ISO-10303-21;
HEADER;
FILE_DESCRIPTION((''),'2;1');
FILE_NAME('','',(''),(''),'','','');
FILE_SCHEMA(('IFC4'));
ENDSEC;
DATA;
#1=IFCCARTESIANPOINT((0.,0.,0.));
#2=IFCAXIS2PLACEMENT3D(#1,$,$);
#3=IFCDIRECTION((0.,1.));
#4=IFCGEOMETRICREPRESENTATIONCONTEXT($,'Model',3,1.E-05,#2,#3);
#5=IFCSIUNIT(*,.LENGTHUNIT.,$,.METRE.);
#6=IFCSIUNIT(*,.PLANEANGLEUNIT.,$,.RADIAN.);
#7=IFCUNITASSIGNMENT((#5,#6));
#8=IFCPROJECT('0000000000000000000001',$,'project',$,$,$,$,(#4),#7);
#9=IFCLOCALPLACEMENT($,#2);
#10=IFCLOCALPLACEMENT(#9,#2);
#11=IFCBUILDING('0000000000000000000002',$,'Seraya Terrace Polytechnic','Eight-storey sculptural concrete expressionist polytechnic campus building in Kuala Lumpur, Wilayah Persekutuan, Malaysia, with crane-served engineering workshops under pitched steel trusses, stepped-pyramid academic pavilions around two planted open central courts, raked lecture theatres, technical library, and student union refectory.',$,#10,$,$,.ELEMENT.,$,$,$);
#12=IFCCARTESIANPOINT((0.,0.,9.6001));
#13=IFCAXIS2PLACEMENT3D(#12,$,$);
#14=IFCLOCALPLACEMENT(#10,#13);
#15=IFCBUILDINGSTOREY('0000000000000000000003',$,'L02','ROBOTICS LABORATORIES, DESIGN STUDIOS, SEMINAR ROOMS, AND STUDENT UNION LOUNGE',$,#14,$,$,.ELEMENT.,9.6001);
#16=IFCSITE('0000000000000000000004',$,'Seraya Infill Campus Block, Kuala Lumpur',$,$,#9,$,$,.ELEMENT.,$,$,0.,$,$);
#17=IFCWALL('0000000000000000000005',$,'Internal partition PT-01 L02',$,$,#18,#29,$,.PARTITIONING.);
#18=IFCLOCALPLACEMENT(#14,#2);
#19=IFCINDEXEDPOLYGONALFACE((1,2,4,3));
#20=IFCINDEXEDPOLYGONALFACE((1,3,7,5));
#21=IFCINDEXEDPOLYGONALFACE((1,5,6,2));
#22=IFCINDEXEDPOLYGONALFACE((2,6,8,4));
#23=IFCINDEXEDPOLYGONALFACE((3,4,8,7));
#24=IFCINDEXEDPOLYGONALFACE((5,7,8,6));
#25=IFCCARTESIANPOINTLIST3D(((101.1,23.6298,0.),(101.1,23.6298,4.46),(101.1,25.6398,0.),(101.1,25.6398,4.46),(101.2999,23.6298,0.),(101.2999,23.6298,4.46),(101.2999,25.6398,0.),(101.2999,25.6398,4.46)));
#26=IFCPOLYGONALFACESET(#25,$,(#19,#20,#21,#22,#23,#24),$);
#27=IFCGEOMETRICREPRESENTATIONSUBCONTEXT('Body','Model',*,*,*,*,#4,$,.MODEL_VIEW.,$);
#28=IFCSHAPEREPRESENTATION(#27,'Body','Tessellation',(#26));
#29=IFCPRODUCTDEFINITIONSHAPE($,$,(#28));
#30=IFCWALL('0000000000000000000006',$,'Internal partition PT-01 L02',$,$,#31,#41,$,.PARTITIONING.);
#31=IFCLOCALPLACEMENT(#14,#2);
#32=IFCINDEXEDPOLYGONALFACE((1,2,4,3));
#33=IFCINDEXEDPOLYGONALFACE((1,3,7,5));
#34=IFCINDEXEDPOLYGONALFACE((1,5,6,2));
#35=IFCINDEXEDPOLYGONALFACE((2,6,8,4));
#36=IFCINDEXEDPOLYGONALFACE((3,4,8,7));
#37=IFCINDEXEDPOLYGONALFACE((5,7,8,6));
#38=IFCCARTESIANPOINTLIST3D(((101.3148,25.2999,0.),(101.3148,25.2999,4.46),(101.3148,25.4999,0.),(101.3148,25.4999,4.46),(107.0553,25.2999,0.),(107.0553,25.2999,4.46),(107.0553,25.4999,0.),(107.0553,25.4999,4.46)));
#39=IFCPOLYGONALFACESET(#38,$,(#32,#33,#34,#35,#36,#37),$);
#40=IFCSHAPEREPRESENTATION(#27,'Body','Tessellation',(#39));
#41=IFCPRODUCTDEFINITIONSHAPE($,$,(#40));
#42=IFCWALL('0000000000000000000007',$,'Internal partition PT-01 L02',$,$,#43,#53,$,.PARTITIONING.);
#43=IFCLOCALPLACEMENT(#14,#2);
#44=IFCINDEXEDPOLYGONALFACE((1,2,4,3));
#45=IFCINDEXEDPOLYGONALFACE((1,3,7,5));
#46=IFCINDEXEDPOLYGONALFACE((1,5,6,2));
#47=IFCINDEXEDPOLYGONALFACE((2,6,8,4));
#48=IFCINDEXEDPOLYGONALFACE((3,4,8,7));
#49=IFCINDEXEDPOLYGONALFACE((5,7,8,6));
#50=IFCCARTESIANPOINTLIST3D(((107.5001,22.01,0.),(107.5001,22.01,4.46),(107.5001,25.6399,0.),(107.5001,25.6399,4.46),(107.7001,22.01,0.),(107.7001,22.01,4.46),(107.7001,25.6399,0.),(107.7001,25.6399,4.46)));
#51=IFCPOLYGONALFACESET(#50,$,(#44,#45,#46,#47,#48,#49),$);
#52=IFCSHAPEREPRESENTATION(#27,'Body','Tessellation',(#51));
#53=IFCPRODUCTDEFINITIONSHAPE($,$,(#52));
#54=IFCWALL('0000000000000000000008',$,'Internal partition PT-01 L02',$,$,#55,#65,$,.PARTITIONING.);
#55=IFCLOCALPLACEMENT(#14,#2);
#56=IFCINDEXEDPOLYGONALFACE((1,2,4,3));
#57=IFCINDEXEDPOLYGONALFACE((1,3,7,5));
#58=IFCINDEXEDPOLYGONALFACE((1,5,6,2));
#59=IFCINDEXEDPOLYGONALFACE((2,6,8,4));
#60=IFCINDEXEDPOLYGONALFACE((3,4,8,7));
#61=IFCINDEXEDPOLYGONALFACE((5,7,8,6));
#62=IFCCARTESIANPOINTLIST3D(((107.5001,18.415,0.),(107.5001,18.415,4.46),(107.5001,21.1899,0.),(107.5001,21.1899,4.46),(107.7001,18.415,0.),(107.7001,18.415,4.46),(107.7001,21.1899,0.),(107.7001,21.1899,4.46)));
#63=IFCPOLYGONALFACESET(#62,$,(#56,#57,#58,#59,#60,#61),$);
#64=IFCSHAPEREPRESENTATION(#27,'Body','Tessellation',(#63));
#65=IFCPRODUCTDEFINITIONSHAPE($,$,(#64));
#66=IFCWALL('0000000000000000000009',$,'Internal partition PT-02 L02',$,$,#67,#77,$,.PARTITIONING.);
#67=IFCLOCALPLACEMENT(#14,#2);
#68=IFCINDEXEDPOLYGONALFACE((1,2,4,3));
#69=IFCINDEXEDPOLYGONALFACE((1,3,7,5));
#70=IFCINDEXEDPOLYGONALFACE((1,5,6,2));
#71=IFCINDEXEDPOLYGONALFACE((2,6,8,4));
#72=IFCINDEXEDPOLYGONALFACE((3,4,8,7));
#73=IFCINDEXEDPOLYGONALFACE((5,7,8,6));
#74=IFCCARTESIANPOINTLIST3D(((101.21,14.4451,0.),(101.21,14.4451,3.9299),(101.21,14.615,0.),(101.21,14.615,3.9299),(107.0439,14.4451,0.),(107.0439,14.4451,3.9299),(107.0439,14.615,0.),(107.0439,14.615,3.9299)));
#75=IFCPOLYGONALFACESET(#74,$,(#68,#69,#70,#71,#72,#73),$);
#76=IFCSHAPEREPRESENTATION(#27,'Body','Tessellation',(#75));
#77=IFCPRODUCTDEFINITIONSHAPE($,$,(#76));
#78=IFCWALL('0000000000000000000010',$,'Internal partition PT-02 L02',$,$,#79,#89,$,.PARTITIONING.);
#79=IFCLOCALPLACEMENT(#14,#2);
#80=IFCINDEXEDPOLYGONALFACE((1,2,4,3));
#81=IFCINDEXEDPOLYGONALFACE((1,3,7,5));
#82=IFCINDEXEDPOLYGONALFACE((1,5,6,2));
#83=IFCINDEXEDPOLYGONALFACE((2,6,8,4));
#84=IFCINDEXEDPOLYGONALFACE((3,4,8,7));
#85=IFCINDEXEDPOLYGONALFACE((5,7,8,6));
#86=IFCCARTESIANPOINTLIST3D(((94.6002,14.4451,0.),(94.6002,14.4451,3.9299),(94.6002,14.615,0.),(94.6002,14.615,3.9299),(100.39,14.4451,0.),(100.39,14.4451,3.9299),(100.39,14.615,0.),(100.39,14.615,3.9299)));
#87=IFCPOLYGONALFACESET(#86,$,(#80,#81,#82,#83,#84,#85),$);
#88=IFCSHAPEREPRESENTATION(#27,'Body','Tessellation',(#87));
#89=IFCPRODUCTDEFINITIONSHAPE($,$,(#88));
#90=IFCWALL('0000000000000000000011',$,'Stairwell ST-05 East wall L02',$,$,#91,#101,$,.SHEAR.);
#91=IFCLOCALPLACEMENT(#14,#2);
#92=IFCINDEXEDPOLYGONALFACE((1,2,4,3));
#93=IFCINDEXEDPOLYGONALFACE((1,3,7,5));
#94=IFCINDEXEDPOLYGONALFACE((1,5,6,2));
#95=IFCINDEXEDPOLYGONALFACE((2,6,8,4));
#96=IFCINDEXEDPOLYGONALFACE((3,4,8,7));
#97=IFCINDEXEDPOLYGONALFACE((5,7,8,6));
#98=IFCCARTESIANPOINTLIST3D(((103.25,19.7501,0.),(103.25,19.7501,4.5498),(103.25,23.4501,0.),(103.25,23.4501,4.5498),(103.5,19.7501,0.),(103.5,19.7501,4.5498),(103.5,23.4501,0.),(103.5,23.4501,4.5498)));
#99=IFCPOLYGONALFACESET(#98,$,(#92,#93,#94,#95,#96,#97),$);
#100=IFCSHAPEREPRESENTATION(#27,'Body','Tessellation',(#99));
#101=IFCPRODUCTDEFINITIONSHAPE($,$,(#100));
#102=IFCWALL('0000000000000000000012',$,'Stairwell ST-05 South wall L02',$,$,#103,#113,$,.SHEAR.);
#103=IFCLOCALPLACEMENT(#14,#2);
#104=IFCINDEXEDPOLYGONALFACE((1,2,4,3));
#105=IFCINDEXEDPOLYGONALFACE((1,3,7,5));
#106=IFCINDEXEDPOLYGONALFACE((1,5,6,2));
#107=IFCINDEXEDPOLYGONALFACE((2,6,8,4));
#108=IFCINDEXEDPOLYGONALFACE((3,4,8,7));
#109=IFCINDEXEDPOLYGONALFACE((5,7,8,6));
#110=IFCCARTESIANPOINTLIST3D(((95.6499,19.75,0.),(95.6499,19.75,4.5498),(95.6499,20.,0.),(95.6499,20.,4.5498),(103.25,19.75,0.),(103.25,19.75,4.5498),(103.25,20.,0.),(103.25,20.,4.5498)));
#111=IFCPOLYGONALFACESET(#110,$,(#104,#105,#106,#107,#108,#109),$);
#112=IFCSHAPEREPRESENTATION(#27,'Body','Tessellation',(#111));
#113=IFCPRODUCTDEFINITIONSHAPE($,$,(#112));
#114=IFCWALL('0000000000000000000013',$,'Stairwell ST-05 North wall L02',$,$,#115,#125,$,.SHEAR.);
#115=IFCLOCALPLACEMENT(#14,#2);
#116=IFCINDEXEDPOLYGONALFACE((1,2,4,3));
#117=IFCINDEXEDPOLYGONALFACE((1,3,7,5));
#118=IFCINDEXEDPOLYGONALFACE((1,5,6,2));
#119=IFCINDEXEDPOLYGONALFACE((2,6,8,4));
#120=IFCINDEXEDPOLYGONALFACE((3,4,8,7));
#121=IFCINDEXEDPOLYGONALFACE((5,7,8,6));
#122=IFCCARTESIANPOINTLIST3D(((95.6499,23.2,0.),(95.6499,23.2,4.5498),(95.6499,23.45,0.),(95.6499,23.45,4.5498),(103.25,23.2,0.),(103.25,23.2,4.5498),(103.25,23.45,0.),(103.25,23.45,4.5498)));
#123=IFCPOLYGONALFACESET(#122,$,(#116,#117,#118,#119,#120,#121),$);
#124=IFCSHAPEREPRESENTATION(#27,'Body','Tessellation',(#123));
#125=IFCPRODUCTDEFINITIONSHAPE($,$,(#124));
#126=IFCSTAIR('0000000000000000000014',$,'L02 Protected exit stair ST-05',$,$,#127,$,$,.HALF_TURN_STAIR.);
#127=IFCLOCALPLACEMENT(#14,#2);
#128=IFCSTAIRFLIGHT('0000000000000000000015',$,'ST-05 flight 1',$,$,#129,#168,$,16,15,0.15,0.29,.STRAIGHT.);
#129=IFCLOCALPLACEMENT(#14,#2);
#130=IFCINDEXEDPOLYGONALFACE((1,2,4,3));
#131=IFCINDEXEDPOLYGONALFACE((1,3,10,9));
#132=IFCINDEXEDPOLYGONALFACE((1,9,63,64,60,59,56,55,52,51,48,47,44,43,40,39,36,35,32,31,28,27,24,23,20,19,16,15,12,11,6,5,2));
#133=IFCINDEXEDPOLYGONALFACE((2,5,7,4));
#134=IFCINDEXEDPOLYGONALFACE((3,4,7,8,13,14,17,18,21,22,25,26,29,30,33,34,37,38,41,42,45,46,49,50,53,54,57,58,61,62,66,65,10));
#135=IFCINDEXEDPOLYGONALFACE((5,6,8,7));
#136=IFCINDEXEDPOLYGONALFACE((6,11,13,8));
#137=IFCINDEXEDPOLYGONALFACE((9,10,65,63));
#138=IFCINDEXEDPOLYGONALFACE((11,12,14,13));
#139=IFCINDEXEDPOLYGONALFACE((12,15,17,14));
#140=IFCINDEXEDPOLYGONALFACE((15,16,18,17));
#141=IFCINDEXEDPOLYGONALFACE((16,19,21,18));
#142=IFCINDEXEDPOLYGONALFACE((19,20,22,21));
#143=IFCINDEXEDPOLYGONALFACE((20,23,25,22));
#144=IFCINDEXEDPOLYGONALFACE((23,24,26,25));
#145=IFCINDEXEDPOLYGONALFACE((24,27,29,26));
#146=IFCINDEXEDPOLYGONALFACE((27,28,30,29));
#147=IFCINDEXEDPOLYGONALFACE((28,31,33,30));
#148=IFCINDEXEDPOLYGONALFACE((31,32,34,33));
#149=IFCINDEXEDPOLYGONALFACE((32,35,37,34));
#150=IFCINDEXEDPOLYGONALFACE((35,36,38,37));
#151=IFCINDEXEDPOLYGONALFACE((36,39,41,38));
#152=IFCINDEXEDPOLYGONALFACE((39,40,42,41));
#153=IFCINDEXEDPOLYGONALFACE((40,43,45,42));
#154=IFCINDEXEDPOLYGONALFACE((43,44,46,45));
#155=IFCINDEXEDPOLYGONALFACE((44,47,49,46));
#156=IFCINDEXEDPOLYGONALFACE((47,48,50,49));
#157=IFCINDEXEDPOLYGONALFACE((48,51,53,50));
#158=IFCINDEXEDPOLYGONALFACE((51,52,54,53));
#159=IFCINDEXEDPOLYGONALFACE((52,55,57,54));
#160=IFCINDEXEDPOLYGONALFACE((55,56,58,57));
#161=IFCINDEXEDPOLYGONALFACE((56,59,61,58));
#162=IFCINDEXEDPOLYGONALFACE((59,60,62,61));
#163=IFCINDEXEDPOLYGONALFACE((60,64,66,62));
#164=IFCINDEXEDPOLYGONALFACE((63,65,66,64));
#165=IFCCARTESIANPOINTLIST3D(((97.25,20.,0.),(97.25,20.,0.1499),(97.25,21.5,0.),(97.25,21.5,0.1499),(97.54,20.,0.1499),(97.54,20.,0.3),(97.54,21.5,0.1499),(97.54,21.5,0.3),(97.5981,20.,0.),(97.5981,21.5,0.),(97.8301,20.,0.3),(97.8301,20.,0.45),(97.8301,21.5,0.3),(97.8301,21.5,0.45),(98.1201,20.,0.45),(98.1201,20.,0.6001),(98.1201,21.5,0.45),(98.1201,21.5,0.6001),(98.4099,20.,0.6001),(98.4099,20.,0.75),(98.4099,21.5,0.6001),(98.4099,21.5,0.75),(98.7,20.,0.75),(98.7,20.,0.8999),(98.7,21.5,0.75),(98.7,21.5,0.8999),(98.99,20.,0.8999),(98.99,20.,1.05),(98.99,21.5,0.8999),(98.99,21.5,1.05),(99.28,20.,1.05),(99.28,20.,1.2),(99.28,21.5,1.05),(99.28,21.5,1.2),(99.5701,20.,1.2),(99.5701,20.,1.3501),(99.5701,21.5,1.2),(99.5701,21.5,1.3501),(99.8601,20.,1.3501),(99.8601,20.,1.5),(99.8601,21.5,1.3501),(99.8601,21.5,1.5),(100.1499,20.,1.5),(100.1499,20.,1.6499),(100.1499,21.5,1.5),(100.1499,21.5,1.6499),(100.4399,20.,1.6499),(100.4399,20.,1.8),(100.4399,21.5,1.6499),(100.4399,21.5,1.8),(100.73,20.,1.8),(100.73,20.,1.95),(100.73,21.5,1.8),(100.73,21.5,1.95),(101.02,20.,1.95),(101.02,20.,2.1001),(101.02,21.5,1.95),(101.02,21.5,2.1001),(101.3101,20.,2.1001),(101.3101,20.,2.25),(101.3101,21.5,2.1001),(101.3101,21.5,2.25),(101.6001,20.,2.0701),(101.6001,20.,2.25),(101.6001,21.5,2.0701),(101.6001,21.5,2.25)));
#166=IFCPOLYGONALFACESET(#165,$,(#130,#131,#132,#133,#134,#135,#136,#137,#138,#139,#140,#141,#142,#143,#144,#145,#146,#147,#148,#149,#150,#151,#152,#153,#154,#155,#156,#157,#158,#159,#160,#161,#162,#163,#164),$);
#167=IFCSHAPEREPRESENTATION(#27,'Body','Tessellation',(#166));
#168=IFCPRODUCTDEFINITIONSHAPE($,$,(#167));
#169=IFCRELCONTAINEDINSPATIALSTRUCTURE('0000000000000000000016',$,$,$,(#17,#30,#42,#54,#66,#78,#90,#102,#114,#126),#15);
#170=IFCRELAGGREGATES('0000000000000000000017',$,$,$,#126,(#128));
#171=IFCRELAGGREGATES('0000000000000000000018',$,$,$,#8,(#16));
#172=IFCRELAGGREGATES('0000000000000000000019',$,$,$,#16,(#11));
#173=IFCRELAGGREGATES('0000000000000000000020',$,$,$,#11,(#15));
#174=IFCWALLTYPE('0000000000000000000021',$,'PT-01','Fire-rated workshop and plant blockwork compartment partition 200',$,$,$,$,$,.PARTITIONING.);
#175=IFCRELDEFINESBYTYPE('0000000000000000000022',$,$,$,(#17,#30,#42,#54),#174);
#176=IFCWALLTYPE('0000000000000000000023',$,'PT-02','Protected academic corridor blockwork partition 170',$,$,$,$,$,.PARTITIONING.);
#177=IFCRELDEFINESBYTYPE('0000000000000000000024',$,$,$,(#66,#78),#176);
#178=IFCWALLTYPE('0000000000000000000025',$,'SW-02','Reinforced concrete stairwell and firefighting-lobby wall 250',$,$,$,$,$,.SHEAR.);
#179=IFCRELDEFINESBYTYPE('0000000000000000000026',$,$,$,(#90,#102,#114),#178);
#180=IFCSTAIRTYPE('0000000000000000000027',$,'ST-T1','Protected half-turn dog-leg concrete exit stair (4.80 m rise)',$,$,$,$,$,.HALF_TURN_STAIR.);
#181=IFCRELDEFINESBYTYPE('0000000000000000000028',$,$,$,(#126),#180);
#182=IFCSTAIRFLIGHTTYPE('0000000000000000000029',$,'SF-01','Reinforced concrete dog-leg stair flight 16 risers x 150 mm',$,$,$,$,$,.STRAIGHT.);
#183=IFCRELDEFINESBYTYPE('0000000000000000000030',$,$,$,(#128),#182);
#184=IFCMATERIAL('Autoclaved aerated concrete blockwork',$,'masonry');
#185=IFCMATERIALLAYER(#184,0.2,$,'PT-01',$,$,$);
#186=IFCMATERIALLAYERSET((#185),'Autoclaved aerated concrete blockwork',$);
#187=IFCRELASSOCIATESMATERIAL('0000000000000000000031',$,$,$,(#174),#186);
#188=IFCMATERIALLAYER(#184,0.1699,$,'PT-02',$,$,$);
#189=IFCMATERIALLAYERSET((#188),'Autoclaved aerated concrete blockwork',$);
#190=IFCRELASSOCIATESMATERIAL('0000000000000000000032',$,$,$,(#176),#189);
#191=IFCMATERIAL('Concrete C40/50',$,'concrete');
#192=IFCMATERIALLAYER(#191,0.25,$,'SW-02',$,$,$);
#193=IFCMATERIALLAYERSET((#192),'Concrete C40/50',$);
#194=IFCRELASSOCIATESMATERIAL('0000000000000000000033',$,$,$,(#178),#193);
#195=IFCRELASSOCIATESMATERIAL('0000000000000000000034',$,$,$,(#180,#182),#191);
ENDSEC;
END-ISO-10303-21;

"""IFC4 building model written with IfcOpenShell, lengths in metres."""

from ifc_helpers import new_model, si_unit, direction, frame, frame_2d, origin, place, context, subcontext, project, spatial, polyline, rectangle, outline, extrude, material, layer, layer_set, type_object, element, aggregate, save


model = new_model("IFC4")

# Units and contexts
model_context = context("Model", 3, precision=1e-05, world=origin(), true_north=direction((0.0, 1.0)))
body_context = subcontext(model_context, "Body", "Model", "MODEL_VIEW")
ifc_project = project(units=[si_unit("LENGTHUNIT", "METRE"), si_unit("PLANEANGLEUNIT", "RADIAN")], contexts=[model_context])

# Site, building, storey
site_placement = place(None, origin())
site = spatial("IfcSite", under=ifc_project, at=site_placement, Name="Seraya Infill Campus Block, Kuala Lumpur", CompositionType="ELEMENT", RefElevation=0.0)
building_placement = place(site_placement, origin())
building = spatial("IfcBuilding", under=site, at=building_placement, Name="Seraya Terrace Polytechnic", Description="Eight-storey sculptural concrete expressionist polytechnic campus building in Kuala Lumpur, Wilayah Persekutuan, Malaysia, with crane-served engineering workshops under pitched steel trusses, stepped-pyramid academic pavilions around two planted open central courts, raked lecture theatres, technical library, and student union refectory.", CompositionType="ELEMENT")
storey_placement = place(building_placement, frame((0.0, 0.0, 9.6001)))
storey = spatial("IfcBuildingStorey", under=building, at=storey_placement, Name="L02", Description="ROBOTICS LABORATORIES, DESIGN STUDIOS, SEMINAR ROOMS, AND STUDENT UNION LOUNGE", CompositionType="ELEMENT", Elevation=9.6001)

# Shared definitions
ifc_material_1 = material(Name="Concrete C40/50", Category="concrete")

# Shared definitions
ifc_material_2 = material(Name="Autoclaved aerated concrete blockwork", Category="masonry")
ifc_layer_1 = layer(ifc_material_2, 0.2, Name="PT-01")
ifc_layer_set_1 = layer_set([ifc_layer_1], Name="Autoclaved aerated concrete blockwork")
wall_type_1 = type_object("IfcWallType", Name="PT-01", Description="Fire-rated workshop and plant blockwork compartment partition 200", PredefinedType="PARTITIONING", material=ifc_layer_set_1)

# Walls
wall_1_placement = place(storey_placement, frame((101.2, 23.6299, 0.0), z_axis=(0.0, 0.0, 1.0), x_axis=(0.0, 1.0, 0.0)))
element("IfcWall", 1, at=wall_1_placement, inside=storey, type_object=wall_type_1, Name="Internal partition PT-01 L02", PredefinedType="PARTITIONING", context=body_context, shape_type="SweptSolid", body=[
    extrude(rectangle(XDim=2.01, YDim=0.2, at=frame_2d((1.0049, 0.0))), origin(), (0.0, 0.0, 1.0), 4.46),
])
wall_2_placement = place(storey_placement, frame((101.3149, 25.3999, 0.0), z_axis=(0.0, 0.0, 1.0), x_axis=(1.0, 0.0, 0.0)))
element("IfcWall", 2, at=wall_2_placement, inside=storey, type_object=wall_type_1, Name="Internal partition PT-01 L02", PredefinedType="PARTITIONING", context=body_context, shape_type="SweptSolid", body=[
    extrude(rectangle(XDim=5.7405, YDim=0.2, at=frame_2d((2.8701, 0.0))), origin(), (0.0, 0.0, 1.0), 4.46),
])
wall_3_placement = place(storey_placement, frame((107.6001, 22.01, 0.0), z_axis=(0.0, 0.0, 1.0), x_axis=(0.0, 1.0, 0.0)))
element("IfcWall", 3, at=wall_3_placement, inside=storey, type_object=wall_type_1, Name="Internal partition PT-01 L02", PredefinedType="PARTITIONING", context=body_context, shape_type="SweptSolid", body=[
    extrude(rectangle(XDim=3.6299, YDim=0.2, at=frame_2d((1.8149, 0.0))), origin(), (0.0, 0.0, 1.0), 4.46),
])
wall_4_placement = place(storey_placement, frame((107.6001, 18.415, 0.0), z_axis=(0.0, 0.0, 1.0), x_axis=(0.0, 1.0, 0.0)))
element("IfcWall", 4, at=wall_4_placement, inside=storey, type_object=wall_type_1, Name="Internal partition PT-01 L02", PredefinedType="PARTITIONING", context=body_context, shape_type="SweptSolid", body=[
    extrude(rectangle(XDim=2.7749, YDim=0.2, at=frame_2d((1.3875, 0.0))), origin(), (0.0, 0.0, 1.0), 4.46),
])
ifc_layer_2 = layer(ifc_material_2, 0.1699, Name="PT-02")
ifc_layer_set_2 = layer_set([ifc_layer_2], Name="Autoclaved aerated concrete blockwork")
wall_type_2 = type_object("IfcWallType", Name="PT-02", Description="Protected academic corridor blockwork partition 170", PredefinedType="PARTITIONING", material=ifc_layer_set_2)
wall_5_placement = place(storey_placement, frame((101.21, 14.53, 0.0), z_axis=(0.0, 0.0, 1.0), x_axis=(1.0, 0.0, 0.0)))
element("IfcWall", 5, at=wall_5_placement, inside=storey, type_object=wall_type_2, Name="Internal partition PT-02 L02", PredefinedType="PARTITIONING", context=body_context, shape_type="SweptSolid", body=[
    extrude(rectangle(XDim=5.834, YDim=0.1699, at=frame_2d((2.917, 0.0))), origin(), (0.0, 0.0, 1.0), 3.9299),
])
wall_6_placement = place(storey_placement, frame((94.6001, 14.53, 0.0), z_axis=(0.0, 0.0, 1.0), x_axis=(1.0, 0.0, 0.0)))
element("IfcWall", 6, at=wall_6_placement, inside=storey, type_object=wall_type_2, Name="Internal partition PT-02 L02", PredefinedType="PARTITIONING", context=body_context, shape_type="SweptSolid", body=[
    extrude(rectangle(XDim=5.7898, YDim=0.1699, at=frame_2d((2.895, 0.0))), origin(), (0.0, 0.0, 1.0), 3.9299),
])

# Shared definitions
ifc_layer_3 = layer(ifc_material_1, 0.25, Name="SW-02")
ifc_layer_set_3 = layer_set([ifc_layer_3], Name="Concrete C40/50")
wall_type_3 = type_object("IfcWallType", Name="SW-02", Description="Reinforced concrete stairwell and firefighting-lobby wall 250", PredefinedType="SHEAR", material=ifc_layer_set_3)

# Walls
wall_7_placement = place(storey_placement, frame((103.375, 19.75, 0.0), z_axis=(0.0, 0.0, 1.0), x_axis=(0.0, 1.0, 0.0)))
element("IfcWall", 7, at=wall_7_placement, inside=storey, type_object=wall_type_3, Name="Stairwell ST-05 East wall L02", PredefinedType="SHEAR", context=body_context, shape_type="SweptSolid", body=[
    extrude(rectangle(XDim=3.7, YDim=0.25, at=frame_2d((1.8501, 0.0))), origin(), (0.0, 0.0, 1.0), 4.5498),
])
for number, where, z_axis, x_axis, name in (
    (8, (95.6499, 19.875, 0.0), (0.0, 0.0, 1.0), (1.0, 0.0, 0.0), "Stairwell ST-05 South wall L02"),
    (9, (95.6499, 23.325, 0.0), (0.0, 0.0, 1.0), (1.0, 0.0, 0.0), "Stairwell ST-05 North wall L02"),
):
    element("IfcWall", number, at=place(storey_placement, frame(where, z_axis=z_axis, x_axis=x_axis)), inside=storey, type_object=wall_type_3, Name=name, PredefinedType="SHEAR", context=body_context, shape_type="SweptSolid", body=[
        extrude(rectangle(XDim=7.6001, YDim=0.25, at=frame_2d((3.8, 0.0))), origin(), (0.0, 0.0, 1.0), 4.5498),
    ])

# Stair, stair flight
stair_type = type_object("IfcStairType", Name="ST-T1", Description="Protected half-turn dog-leg concrete exit stair (4.80 m rise)", PredefinedType="HALF_TURN_STAIR", material=ifc_material_1)
stair_placement = place(storey_placement, origin())
stair = element("IfcStair", 10, at=stair_placement, inside=storey, type_object=stair_type, Name="L02 Protected exit stair ST-05", PredefinedType="HALF_TURN_STAIR")
stair_flight_type = type_object("IfcStairFlightType", Name="SF-01", Description="Reinforced concrete dog-leg stair flight 16 risers x 150 mm", PredefinedType="STRAIGHT", material=ifc_material_1)
stair_flight_1_placement = place(storey_placement, frame((97.25, 20.75, 0.0), z_axis=(0.0, 0.0, 1.0), x_axis=(1.0, 0.0, 0.0)))
stair_flight_1 = element("IfcStairFlight", 11, at=stair_flight_1_placement, type_object=stair_flight_type, Name="ST-05 flight 1", NumberOfRisers=16, NumberOfTreads=15, PredefinedType="STRAIGHT", RiserHeight=0.15, TreadLength=0.29, context=body_context, shape_type="SweptSolid", body=[
    extrude(outline(polyline([(0.0, 0.0), (0.0, 0.1499), (0.29, 0.1499), (0.29, 0.3), (0.5801, 0.3), (0.5801, 0.45), (0.8701, 0.45), (0.8701, 0.6001), (1.1599, 0.6001), (1.1599, 0.75), (1.45, 0.75), (1.45, 0.8999), (1.74, 0.8999), (1.74, 1.05), (2.03, 1.05), (2.03, 1.2), (2.3201, 1.2), (2.3201, 1.3501), (2.6101, 1.3501), (2.6101, 1.5), (2.8999, 1.5), (2.8999, 1.6499), (3.1899, 1.6499), (3.1899, 1.8), (3.48, 1.8), (3.48, 1.95), (3.77, 1.95), (3.77, 2.1001), (4.0601, 2.1001), (4.0601, 2.25), (4.3501, 2.25), (4.3501, 2.3999), (4.3501, 2.0701), (0.3481, 0.0), (0.0, 0.0)])), frame((0.0, 0.75, 0.0), z_axis=(0.0, -1.0, 0.0), x_axis=(1.0, 0.0, 0.0)), (0.0, 0.0, 1.0), 1.5),
])
aggregate(stair, [stair_flight_1])

save(model, "model.ifc")
